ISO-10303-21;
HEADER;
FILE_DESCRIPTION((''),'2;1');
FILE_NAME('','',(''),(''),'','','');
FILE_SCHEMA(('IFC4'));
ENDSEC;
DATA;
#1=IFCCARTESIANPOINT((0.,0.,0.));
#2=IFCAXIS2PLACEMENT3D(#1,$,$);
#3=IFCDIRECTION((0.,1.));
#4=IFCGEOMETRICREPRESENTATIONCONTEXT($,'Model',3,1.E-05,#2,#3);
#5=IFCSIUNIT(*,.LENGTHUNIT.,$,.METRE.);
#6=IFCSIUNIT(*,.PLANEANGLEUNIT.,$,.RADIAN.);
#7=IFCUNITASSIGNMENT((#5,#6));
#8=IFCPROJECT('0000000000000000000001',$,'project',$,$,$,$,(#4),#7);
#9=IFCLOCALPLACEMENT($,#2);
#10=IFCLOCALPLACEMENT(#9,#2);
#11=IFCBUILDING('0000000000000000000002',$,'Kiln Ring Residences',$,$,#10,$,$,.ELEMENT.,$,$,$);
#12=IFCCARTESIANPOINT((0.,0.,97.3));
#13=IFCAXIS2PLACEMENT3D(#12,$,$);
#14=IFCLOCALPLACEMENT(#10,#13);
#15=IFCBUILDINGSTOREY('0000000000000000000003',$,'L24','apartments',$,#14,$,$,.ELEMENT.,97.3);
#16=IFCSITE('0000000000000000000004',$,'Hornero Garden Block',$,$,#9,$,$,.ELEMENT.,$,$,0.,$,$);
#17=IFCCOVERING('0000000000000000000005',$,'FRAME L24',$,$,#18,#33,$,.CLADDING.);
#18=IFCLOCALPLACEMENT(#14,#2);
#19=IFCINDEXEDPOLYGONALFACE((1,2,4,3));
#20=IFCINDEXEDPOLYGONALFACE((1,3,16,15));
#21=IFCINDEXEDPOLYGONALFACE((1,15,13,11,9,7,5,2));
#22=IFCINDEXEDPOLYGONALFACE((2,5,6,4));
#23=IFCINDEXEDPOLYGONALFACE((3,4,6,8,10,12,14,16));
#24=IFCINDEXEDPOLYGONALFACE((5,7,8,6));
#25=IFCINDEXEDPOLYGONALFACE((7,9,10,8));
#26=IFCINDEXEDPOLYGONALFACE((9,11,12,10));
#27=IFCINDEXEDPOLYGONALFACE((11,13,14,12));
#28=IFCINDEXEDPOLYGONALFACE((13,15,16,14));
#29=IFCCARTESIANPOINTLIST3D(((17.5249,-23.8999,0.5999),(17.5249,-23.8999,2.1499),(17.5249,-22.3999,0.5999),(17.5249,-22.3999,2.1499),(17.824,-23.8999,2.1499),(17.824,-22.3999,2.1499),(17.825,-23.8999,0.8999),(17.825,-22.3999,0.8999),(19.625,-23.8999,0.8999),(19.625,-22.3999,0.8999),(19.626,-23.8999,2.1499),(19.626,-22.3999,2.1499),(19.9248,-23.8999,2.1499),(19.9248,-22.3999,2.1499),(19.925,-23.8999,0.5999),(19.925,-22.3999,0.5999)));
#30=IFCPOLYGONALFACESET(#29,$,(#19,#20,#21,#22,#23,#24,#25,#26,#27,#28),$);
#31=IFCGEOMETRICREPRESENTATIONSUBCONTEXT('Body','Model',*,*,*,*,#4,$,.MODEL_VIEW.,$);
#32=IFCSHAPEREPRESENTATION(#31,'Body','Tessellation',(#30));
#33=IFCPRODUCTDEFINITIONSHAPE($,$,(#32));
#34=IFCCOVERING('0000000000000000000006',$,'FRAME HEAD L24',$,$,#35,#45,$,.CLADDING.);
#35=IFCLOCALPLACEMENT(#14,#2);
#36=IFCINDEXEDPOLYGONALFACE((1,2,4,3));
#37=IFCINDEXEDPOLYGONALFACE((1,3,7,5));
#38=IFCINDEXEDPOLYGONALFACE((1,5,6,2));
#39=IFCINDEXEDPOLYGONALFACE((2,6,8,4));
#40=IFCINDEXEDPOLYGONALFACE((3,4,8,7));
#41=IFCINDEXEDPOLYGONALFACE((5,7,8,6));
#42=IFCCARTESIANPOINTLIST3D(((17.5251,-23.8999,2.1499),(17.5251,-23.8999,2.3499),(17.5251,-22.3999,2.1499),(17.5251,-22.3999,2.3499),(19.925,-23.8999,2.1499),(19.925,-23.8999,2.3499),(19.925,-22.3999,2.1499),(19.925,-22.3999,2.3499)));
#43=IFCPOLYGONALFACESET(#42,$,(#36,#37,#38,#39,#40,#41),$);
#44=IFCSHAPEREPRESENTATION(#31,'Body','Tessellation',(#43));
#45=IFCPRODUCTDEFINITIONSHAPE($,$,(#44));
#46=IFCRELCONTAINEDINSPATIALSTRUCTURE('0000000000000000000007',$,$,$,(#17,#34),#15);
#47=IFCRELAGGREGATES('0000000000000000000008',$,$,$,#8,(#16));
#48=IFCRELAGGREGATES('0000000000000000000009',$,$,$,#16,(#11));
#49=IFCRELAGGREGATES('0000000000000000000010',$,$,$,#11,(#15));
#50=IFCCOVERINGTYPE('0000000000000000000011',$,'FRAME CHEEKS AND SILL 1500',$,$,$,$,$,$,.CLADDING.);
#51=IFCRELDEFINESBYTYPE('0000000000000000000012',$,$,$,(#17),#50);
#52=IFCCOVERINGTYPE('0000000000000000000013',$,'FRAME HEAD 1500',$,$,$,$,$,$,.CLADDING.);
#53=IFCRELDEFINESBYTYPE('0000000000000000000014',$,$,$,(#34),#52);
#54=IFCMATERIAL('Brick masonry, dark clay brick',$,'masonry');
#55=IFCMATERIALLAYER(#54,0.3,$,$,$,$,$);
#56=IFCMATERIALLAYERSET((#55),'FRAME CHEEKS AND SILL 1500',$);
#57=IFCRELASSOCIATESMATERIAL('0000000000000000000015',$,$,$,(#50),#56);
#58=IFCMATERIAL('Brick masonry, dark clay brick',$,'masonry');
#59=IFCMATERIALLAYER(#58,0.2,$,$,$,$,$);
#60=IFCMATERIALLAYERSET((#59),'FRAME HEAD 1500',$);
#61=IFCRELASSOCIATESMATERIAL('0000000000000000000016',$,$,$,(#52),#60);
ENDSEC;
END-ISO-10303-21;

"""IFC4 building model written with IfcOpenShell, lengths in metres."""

from ifc_helpers import new_model, si_unit, direction, frame, origin, origin_2d, place, context, subcontext, project, spatial, polyline, rectangle, outline, extrude, material, layer, layer_set, type_object, element, save


model = new_model("IFC4")

# Units and contexts
model_context = context("Model", 3, precision=1e-05, world=origin(), true_north=direction((0.0, 1.0)))
body_context = subcontext(model_context, "Body", "Model", "MODEL_VIEW")
ifc_project = project(units=[si_unit("LENGTHUNIT", "METRE"), si_unit("PLANEANGLEUNIT", "RADIAN")], contexts=[model_context])

# Site, building, storey
site_placement = place(None, origin())
site = spatial("IfcSite", under=ifc_project, at=site_placement, Name="Hornero Garden Block", CompositionType="ELEMENT", RefElevation=0.0)
building_placement = place(site_placement, origin())
building = spatial("IfcBuilding", under=site, at=building_placement, Name="Kiln Ring Residences", CompositionType="ELEMENT")
storey_placement = place(building_placement, frame((0.0, 0.0, 97.3)))
storey = spatial("IfcBuildingStorey", under=building, at=storey_placement, Name="L24", Description="apartments", CompositionType="ELEMENT", Elevation=97.3)

# Coverings
ifc_material_1 = material(Name="Brick masonry, dark clay brick", Category="masonry")
ifc_layer_1 = layer(ifc_material_1, 0.3)
ifc_layer_set_1 = layer_set([ifc_layer_1], Name="FRAME CHEEKS AND SILL 1500")
covering_type_1 = type_object("IfcCoveringType", Name="FRAME CHEEKS AND SILL 1500", PredefinedType="CLADDING", material=ifc_layer_set_1)
covering_1_placement = place(storey_placement, frame((17.5249, -23.1499, 0.5999), z_axis=(0.0, 0.0, 1.0), x_axis=(1.0, 0.0, 0.0)))
element("IfcCovering", 1, at=covering_1_placement, inside=storey, type_object=covering_type_1, Name="FRAME L24", PredefinedType="CLADDING", context=body_context, shape_type="SweptSolid", body=[
    extrude(outline(polyline([(0.0, 0.0), (2.4001, 0.0), (2.3999, 1.55), (2.1011, 1.55), (2.1001, 0.3), (0.3, 0.3), (0.2991, 1.55), (0.0, 1.55), (0.0, 0.0)])), frame((0.0, 0.75, 0.0), z_axis=(0.0, -1.0, 0.0), x_axis=(1.0, 0.0, 0.0)), (0.0, 0.0, 1.0), 1.5),
])
ifc_material_2 = material(Name="Brick masonry, dark clay brick", Category="masonry")
ifc_layer_2 = layer(ifc_material_2, 0.2)
ifc_layer_set_2 = layer_set([ifc_layer_2], Name="FRAME HEAD 1500")
covering_type_2 = type_object("IfcCoveringType", Name="FRAME HEAD 1500", PredefinedType="CLADDING", material=ifc_layer_set_2)
covering_2_placement = place(storey_placement, frame((18.7251, -23.1499, 2.1499), z_axis=(0.0, 0.0, 1.0), x_axis=(1.0, 0.0, 0.0)))
element("IfcCovering", 2, at=covering_2_placement, inside=storey, type_object=covering_type_2, Name="FRAME HEAD L24", PredefinedType="CLADDING", context=body_context, shape_type="SweptSolid", body=[
    extrude(rectangle(XDim=2.3999, YDim=1.5, at=origin_2d()), origin(), (0.0, 0.0, 1.0), 0.2),
])

save(model, "model.ifc")
